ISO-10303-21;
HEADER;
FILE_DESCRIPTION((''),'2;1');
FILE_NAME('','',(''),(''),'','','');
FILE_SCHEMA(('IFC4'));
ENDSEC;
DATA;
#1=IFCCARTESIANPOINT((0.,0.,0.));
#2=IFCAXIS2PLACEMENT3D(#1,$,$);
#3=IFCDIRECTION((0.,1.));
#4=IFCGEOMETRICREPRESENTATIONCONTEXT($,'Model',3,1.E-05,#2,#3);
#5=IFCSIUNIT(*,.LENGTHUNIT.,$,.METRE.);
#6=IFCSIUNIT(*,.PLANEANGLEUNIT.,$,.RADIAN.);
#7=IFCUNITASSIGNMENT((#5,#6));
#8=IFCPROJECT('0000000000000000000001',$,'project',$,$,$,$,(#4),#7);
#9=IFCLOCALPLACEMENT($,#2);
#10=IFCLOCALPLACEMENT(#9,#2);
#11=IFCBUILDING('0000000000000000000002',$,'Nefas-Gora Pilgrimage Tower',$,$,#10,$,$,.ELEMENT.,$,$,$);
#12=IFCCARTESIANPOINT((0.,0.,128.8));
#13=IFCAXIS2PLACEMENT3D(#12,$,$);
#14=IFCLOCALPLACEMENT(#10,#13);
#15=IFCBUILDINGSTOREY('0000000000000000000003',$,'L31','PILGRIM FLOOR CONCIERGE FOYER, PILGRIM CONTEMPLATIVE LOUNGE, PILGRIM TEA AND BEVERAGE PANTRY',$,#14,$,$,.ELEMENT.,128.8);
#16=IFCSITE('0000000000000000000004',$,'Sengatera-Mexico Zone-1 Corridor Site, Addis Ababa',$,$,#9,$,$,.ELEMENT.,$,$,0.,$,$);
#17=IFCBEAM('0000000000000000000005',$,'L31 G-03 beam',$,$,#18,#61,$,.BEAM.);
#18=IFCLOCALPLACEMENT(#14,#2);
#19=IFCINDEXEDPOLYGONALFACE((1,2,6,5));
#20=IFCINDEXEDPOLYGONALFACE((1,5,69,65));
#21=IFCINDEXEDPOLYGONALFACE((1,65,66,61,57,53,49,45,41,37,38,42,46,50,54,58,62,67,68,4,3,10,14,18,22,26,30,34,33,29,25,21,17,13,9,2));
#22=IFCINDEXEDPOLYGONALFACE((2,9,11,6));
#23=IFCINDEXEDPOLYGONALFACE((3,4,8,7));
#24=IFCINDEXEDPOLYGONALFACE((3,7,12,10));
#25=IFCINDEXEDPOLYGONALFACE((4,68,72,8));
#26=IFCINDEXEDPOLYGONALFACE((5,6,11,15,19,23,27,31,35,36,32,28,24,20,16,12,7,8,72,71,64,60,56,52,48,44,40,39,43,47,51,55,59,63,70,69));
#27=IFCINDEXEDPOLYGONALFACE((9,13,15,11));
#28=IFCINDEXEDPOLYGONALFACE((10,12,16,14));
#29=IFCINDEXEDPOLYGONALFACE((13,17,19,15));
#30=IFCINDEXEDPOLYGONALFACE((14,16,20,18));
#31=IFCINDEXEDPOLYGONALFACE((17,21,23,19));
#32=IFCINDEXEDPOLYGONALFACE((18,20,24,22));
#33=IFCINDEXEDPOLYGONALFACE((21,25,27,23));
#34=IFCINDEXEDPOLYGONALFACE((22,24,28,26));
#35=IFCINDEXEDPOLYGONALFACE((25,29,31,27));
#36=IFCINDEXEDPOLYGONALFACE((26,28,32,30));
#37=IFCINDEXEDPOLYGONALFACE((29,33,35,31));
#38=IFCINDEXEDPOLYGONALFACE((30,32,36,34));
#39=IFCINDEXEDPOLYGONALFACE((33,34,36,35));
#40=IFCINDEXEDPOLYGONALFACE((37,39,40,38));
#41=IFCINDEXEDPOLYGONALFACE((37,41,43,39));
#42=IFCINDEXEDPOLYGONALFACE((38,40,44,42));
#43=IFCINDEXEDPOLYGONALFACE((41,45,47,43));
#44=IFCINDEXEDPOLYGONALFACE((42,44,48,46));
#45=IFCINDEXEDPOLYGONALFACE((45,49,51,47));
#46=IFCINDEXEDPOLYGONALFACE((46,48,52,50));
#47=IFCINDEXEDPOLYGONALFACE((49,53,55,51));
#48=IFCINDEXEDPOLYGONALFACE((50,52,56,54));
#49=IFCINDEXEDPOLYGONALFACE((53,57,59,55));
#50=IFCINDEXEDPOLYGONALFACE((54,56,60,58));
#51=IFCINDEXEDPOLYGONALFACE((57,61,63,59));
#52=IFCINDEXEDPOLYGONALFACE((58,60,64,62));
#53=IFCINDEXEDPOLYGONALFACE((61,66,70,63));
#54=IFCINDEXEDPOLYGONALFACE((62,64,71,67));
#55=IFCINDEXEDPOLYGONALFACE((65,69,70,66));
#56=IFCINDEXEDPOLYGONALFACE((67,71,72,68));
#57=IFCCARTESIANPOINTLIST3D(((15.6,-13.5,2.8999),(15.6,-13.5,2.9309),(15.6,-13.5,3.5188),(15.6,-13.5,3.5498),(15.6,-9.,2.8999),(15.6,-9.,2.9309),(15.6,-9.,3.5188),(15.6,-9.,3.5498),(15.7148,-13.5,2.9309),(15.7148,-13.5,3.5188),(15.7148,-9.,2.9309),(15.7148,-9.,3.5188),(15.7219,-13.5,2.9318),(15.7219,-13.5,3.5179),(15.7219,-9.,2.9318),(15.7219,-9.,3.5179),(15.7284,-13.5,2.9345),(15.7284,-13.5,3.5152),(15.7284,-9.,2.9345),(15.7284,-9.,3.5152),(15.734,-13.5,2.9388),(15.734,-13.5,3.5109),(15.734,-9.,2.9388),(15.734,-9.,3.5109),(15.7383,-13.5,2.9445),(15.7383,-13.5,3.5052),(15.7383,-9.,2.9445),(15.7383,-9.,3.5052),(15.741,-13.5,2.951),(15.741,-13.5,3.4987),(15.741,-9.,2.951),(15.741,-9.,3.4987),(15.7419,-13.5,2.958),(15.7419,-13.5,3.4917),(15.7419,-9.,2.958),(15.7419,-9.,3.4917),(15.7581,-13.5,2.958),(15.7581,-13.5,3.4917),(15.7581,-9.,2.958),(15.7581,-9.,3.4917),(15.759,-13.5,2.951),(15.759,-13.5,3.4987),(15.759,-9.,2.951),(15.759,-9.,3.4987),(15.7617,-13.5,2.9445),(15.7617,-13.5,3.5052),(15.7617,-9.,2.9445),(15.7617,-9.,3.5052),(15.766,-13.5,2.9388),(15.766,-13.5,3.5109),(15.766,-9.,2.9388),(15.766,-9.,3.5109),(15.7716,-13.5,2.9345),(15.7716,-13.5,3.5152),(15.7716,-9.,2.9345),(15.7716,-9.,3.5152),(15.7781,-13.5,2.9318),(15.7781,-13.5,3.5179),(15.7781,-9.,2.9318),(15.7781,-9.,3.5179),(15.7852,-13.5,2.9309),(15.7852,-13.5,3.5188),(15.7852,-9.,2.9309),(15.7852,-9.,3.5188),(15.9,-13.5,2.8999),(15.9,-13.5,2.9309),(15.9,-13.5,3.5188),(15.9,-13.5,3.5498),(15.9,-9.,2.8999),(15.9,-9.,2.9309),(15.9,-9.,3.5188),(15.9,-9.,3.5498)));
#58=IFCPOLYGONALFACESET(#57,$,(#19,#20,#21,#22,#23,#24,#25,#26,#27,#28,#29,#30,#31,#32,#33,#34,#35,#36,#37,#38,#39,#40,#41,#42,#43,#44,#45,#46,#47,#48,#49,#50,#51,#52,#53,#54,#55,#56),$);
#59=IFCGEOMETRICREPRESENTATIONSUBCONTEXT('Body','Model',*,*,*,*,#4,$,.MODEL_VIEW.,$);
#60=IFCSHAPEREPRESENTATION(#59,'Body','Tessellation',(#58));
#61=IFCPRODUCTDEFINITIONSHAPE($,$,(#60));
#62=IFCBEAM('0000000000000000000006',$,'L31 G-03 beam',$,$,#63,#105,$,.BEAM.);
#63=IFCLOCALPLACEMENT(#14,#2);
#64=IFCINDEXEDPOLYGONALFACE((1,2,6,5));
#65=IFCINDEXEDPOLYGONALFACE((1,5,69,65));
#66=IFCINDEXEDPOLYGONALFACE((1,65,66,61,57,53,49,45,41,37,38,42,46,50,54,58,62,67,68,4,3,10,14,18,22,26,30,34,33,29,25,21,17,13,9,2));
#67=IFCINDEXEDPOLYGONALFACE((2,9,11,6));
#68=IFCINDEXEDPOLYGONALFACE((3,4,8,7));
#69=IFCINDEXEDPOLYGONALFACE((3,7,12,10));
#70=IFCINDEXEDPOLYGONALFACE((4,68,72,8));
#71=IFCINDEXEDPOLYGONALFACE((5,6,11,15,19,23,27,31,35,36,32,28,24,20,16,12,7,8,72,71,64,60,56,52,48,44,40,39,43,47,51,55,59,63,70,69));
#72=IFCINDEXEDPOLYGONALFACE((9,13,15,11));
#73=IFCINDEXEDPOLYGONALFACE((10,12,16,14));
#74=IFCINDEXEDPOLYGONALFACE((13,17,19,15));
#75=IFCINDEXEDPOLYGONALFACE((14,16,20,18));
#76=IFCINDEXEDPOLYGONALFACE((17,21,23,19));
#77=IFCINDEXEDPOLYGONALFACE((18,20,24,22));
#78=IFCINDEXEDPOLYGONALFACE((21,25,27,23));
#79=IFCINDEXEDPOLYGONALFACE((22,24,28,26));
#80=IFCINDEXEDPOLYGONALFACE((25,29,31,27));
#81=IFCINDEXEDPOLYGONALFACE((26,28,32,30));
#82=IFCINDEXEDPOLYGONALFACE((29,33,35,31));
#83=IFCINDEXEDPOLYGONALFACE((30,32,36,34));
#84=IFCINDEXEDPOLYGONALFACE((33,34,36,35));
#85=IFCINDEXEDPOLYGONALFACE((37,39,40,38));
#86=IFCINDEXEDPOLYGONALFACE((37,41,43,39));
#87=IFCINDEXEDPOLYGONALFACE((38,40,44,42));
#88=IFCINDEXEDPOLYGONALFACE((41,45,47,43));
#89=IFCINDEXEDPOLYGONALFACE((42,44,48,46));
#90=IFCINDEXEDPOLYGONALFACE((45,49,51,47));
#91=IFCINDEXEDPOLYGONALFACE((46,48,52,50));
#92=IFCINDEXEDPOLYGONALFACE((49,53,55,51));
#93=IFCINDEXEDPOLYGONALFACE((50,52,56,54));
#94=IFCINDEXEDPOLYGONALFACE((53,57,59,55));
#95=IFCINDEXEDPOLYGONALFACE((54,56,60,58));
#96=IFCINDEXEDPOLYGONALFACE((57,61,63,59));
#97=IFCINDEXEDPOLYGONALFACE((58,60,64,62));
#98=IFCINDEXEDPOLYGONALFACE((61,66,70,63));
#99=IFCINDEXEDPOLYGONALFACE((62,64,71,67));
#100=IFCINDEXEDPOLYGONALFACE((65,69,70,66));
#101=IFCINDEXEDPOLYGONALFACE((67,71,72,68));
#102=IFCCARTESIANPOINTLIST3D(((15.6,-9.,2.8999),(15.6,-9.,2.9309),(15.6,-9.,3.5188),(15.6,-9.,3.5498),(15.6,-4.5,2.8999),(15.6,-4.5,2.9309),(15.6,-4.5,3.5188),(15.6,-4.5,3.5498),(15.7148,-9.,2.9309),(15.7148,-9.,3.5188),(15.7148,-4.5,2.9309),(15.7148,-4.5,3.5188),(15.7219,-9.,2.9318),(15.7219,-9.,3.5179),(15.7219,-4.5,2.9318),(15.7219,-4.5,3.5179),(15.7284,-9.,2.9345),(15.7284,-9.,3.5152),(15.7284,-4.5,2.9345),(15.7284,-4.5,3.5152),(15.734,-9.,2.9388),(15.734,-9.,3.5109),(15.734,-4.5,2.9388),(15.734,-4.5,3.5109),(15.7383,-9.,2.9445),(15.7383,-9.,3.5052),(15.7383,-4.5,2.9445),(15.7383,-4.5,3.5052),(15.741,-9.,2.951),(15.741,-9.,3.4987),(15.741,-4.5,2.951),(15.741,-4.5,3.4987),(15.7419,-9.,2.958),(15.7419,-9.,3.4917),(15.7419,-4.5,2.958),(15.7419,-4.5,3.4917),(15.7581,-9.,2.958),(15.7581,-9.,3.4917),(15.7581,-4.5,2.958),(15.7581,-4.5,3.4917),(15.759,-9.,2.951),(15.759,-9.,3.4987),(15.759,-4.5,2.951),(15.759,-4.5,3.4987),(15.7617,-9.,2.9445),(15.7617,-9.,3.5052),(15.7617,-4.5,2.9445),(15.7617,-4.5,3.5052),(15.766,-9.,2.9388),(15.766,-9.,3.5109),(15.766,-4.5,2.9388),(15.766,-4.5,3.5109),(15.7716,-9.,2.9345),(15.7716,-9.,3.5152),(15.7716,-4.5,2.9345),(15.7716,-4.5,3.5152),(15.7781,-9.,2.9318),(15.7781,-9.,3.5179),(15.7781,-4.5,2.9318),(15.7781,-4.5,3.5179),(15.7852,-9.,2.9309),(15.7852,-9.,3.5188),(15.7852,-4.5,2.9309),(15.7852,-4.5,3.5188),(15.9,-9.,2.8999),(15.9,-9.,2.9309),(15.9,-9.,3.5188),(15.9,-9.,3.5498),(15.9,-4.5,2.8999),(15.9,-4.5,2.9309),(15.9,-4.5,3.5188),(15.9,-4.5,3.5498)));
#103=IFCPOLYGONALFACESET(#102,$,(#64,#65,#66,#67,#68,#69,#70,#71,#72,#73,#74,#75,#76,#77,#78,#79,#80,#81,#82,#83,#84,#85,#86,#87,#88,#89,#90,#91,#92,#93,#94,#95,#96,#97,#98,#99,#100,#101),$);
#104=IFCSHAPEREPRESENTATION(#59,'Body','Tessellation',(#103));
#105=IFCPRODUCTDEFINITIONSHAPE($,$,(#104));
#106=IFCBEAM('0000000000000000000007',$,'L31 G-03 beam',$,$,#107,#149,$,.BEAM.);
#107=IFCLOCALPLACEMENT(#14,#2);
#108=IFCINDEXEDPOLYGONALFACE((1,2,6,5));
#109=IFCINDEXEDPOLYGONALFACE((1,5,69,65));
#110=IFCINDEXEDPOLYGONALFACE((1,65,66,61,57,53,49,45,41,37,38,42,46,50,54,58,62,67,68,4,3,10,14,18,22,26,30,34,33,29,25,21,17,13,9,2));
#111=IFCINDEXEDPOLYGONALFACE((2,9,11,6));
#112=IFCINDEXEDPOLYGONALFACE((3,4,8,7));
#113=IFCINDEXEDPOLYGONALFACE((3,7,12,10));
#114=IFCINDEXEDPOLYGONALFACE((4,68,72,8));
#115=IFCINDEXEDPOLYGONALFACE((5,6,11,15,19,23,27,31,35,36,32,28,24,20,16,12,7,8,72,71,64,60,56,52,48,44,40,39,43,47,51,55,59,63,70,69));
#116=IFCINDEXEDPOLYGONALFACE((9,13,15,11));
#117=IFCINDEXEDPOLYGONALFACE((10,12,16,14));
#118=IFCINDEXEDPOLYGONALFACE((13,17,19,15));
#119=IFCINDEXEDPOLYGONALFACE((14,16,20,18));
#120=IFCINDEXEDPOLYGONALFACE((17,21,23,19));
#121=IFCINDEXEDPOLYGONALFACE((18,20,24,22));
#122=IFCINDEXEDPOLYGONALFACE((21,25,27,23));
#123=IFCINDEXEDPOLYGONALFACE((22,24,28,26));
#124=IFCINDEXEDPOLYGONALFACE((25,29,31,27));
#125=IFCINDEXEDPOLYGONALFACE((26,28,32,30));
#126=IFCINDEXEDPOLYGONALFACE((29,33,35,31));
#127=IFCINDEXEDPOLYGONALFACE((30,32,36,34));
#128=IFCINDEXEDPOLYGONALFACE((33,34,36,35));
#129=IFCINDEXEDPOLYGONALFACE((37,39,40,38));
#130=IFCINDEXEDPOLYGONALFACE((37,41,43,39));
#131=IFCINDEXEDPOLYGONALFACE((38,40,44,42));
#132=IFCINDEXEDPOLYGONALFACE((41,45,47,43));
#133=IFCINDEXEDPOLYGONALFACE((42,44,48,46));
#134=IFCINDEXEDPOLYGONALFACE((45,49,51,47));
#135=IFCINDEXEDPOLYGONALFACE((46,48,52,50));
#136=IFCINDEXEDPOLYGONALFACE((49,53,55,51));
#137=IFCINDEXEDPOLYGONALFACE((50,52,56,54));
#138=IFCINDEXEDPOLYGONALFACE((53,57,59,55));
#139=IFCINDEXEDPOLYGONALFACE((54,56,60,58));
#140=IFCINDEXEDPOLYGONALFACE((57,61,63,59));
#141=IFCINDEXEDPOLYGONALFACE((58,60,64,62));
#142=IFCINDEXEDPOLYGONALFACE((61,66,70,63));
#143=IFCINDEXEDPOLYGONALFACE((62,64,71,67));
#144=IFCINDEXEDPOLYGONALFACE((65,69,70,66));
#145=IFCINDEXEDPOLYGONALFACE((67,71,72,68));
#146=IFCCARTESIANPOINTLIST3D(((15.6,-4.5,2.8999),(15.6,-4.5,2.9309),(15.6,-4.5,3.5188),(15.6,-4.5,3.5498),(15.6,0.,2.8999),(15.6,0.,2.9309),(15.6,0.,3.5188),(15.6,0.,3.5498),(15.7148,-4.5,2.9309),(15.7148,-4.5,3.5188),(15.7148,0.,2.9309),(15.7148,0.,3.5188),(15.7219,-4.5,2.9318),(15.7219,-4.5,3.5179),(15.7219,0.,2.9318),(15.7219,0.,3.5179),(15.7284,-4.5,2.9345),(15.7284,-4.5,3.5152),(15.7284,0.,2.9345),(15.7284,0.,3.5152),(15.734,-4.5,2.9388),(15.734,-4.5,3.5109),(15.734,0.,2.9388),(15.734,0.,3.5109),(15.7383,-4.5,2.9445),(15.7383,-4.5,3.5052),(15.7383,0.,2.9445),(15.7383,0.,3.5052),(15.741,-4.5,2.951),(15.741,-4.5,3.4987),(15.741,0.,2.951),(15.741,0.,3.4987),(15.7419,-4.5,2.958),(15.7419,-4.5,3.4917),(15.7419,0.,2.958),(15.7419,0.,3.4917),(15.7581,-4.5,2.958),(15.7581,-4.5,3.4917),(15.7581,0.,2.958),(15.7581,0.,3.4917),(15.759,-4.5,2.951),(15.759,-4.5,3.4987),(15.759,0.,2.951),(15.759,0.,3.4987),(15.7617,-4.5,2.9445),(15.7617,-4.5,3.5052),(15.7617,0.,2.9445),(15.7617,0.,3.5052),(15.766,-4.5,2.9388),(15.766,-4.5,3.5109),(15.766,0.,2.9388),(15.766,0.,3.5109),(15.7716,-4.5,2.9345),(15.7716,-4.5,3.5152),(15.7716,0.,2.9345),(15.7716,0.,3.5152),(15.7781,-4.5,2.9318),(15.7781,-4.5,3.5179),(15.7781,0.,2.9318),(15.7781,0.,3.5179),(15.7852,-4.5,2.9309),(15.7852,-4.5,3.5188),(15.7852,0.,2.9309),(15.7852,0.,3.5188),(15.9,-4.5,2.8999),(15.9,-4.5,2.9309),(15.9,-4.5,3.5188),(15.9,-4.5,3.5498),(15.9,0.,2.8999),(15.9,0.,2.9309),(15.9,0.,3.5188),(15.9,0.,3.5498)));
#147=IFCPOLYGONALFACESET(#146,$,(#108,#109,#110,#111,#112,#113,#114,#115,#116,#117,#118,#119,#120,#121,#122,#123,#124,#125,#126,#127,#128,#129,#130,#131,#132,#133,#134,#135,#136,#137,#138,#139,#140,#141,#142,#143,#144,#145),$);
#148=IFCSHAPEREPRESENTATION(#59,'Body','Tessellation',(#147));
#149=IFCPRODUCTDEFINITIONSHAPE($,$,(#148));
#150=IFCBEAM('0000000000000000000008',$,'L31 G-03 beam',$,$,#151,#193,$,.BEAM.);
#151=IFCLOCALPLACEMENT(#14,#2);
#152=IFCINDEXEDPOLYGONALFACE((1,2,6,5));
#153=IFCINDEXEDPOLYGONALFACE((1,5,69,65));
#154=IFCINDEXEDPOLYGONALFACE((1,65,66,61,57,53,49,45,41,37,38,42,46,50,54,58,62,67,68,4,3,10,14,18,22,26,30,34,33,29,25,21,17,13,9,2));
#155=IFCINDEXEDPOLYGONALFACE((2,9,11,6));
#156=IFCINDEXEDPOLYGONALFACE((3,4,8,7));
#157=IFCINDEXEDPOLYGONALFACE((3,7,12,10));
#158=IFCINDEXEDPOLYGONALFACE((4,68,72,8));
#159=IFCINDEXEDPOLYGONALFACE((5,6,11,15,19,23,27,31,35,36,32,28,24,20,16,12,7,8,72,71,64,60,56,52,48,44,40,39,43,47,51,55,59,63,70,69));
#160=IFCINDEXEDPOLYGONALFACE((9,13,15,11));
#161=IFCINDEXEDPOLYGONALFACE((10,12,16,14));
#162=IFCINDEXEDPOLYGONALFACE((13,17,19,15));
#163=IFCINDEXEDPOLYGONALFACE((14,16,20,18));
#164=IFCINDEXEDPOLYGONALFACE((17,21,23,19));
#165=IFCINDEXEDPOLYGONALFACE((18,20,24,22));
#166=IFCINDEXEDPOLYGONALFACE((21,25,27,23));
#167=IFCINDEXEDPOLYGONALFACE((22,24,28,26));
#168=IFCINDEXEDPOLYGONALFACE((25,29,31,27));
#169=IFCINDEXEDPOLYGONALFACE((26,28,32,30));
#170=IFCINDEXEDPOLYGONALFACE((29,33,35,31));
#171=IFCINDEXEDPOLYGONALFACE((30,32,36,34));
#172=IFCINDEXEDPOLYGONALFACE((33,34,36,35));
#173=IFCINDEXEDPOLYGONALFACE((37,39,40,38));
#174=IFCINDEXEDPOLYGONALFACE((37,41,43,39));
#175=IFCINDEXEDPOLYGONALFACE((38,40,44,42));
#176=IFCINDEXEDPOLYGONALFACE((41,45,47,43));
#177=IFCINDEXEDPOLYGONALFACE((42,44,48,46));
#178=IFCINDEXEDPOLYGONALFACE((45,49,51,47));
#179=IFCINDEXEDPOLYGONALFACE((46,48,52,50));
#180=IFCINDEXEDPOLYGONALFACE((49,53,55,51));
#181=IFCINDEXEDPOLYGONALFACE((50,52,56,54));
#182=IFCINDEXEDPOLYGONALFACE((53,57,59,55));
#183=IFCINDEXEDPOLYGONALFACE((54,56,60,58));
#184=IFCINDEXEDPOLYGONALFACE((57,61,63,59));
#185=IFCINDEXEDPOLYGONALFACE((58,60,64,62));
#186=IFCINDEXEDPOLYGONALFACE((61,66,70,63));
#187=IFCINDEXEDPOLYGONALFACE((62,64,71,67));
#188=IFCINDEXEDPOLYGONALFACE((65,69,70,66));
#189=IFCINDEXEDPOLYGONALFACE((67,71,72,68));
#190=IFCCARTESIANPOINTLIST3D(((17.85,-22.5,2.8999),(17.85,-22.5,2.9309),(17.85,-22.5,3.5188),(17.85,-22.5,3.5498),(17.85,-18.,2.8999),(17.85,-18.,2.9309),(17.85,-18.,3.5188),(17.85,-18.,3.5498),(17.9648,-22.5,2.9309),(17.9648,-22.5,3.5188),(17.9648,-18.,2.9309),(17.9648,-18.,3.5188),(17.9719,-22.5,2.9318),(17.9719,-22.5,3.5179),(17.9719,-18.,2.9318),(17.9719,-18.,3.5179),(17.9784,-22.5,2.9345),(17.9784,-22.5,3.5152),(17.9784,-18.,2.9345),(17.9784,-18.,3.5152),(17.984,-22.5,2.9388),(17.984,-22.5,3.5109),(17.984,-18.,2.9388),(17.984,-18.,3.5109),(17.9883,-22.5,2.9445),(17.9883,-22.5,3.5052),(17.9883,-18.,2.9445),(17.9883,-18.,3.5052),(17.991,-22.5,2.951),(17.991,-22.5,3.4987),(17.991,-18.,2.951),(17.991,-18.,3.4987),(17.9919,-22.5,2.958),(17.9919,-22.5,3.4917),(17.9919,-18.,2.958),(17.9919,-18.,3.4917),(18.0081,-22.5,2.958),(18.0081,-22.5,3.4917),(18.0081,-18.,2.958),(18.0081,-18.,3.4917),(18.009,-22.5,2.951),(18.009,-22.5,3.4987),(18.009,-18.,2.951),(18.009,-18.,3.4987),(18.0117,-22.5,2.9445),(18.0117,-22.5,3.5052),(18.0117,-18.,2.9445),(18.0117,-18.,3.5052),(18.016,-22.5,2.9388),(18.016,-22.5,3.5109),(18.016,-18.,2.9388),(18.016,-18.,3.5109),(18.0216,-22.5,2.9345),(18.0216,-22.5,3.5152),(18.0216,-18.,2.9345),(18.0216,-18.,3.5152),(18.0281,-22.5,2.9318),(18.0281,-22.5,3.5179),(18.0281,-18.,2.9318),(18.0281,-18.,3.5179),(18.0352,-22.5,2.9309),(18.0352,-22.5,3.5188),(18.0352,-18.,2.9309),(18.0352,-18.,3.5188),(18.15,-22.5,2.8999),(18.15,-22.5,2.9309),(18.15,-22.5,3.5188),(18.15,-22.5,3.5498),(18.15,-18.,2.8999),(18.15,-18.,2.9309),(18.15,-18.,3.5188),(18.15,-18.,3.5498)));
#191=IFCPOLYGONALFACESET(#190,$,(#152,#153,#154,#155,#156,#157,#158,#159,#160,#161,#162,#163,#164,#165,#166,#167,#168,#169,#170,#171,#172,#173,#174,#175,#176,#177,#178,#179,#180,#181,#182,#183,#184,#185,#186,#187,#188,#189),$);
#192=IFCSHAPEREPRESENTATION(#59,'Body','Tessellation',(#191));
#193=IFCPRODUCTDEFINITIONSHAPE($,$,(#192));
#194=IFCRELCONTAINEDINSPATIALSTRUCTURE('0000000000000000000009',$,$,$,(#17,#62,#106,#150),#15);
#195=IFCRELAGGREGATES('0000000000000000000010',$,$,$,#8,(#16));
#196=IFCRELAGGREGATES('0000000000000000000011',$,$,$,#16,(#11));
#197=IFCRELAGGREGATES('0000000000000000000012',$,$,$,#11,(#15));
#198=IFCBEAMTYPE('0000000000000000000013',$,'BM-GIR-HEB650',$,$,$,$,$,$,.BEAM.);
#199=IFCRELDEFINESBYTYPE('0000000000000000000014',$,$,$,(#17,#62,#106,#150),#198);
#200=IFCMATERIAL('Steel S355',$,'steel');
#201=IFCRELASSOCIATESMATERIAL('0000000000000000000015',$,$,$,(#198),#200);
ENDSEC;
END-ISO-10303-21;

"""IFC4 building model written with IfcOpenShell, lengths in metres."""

from ifc_helpers import new_model, si_unit, direction, frame, origin, origin_2d, place, context, subcontext, project, spatial, i_section, extrude, source, transform, mapped, material, material_profile, profile_set, type_object, element, save


model = new_model("IFC4")

# Units and contexts
model_context = context("Model", 3, precision=1e-05, world=origin(), true_north=direction((0.0, 1.0)))
body_context = subcontext(model_context, "Body", "Model", "MODEL_VIEW")
ifc_project = project(units=[si_unit("LENGTHUNIT", "METRE"), si_unit("PLANEANGLEUNIT", "RADIAN")], contexts=[model_context])

# Site, building, storey
site_placement = place(None, origin())
site = spatial("IfcSite", under=ifc_project, at=site_placement, Name="Sengatera-Mexico Zone-1 Corridor Site, Addis Ababa", CompositionType="ELEMENT", RefElevation=0.0)
building_placement = place(site_placement, origin())
building = spatial("IfcBuilding", under=site, at=building_placement, Name="Nefas-Gora Pilgrimage Tower", CompositionType="ELEMENT")
storey_placement = place(building_placement, frame((0.0, 0.0, 128.8)))
storey = spatial("IfcBuildingStorey", under=building, at=storey_placement, Name="L31", Description="PILGRIM FLOOR CONCIERGE FOYER, PILGRIM CONTEMPLATIVE LOUNGE, PILGRIM TEA AND BEVERAGE PANTRY", CompositionType="ELEMENT", Elevation=128.8)

# Beams
ifc_material_1 = material(Name="Steel S355", Category="steel")
ifc_material_profile_1 = material_profile(ifc_material_1, i_section(OverallWidth=0.3, OverallDepth=0.6499, WebThickness=0.0161, FlangeThickness=0.031, FilletRadius=0.0271, at=origin_2d()), Name="HEB 650")
ifc_profile_set_1 = profile_set([ifc_material_profile_1], Name="Steel S355")
beam_type_1 = type_object("IfcBeamType", Name="BM-GIR-HEB650", PredefinedType="BEAM", material=ifc_profile_set_1)
shared_shape_1 = source(origin(), body_context, "Body", "SweptSolid", [
    extrude(i_section(OverallWidth=0.3, OverallDepth=0.6499, WebThickness=0.0161, FlangeThickness=0.031, FilletRadius=0.0271, at=origin_2d()), origin(), (0.0, 0.0, 1.0), 4.5),
])
for number, where, z_axis, x_axis, name in (
    (1, (15.75, -13.5, 3.2249), (0.0, 1.0, 0.0), (-1.0, 0.0, 0.0), "L31 G-03 beam"),
    (2, (15.75, -9.0, 3.2249), (0.0, 1.0, 0.0), (-1.0, 0.0, 0.0), "L31 G-03 beam"),
    (3, (15.75, -4.5, 3.2249), (0.0, 1.0, 0.0), (-1.0, 0.0, 0.0), "L31 G-03 beam"),
    (4, (18.0, -22.5, 3.2249), (0.0, 1.0, 0.0), (-1.0, 0.0, 0.0), "L31 G-03 beam"),
):
    element("IfcBeam", number, at=place(storey_placement, frame(where, z_axis=z_axis, x_axis=x_axis)), inside=storey, type_object=beam_type_1, Name=name, PredefinedType="BEAM", context=body_context, shape_type="MappedRepresentation", body=[
        mapped(shared_shape_1, transform((0.0, 0.0, 0.0), x_axis=(1.0, 0.0, 0.0), y_axis=(0.0, 1.0, 0.0), z_axis=(0.0, 0.0, 1.0), scale=1.0)),
    ])

save(model, "model.ifc")
